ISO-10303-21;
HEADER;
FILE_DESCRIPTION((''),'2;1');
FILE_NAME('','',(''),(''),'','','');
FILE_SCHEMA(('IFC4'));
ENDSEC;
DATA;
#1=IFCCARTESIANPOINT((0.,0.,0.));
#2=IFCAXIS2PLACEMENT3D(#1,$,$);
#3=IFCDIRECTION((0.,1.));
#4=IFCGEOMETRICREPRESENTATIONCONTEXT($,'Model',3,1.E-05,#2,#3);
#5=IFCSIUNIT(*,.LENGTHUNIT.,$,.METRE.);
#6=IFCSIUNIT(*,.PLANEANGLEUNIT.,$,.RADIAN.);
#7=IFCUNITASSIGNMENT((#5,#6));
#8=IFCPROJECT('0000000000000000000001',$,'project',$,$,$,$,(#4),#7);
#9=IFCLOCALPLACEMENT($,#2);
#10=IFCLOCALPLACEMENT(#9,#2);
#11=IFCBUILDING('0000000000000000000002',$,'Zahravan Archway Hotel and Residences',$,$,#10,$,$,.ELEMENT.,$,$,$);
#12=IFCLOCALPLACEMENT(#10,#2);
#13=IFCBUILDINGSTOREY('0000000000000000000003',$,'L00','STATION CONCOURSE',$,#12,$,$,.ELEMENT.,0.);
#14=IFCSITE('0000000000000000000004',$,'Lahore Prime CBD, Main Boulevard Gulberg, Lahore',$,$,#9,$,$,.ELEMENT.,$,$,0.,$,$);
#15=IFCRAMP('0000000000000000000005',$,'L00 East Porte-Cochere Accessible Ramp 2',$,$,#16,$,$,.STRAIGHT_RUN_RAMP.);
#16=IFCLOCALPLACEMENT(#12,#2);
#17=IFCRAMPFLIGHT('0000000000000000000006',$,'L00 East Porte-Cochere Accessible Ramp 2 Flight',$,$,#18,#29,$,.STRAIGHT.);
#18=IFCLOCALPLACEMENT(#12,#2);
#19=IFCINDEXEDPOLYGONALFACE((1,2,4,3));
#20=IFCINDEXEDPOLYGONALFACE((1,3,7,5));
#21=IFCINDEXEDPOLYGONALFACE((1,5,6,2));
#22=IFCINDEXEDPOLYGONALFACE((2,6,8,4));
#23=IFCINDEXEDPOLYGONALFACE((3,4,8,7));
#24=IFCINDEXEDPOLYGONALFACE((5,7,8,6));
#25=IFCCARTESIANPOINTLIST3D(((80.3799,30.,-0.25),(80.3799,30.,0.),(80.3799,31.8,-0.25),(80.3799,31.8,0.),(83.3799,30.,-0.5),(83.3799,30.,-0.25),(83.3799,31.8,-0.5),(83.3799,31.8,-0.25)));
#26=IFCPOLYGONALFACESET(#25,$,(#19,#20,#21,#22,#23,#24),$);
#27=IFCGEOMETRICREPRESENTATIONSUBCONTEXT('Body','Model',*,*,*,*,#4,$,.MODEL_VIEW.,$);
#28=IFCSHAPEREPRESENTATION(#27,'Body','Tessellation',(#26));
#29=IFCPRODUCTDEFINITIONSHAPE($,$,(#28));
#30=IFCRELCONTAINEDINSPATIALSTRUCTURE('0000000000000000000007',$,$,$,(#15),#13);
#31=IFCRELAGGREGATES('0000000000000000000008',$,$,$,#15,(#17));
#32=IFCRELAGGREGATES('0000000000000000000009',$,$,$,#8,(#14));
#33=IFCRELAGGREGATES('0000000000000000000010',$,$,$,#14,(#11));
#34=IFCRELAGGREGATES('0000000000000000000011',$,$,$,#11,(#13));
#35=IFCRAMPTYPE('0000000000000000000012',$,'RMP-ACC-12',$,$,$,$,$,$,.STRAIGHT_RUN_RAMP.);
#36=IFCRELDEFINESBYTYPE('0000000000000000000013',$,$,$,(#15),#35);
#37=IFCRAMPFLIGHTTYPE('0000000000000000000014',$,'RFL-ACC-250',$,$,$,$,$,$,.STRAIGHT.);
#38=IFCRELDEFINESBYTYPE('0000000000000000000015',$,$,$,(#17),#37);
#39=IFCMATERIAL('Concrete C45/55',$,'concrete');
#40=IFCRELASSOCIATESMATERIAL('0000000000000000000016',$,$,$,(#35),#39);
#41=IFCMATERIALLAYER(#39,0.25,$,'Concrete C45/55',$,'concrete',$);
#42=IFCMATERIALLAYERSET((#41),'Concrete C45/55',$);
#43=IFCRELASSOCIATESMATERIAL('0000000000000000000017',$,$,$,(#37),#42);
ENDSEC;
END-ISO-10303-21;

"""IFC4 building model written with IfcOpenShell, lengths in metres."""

from ifc_helpers import new_model, si_unit, direction, frame, origin, place, context, subcontext, project, spatial, polyline, outline, extrude, material, layer, layer_set, type_object, element, aggregate, save


model = new_model("IFC4")

# Units and contexts
model_context = context("Model", 3, precision=1e-05, world=origin(), true_north=direction((0.0, 1.0)))
body_context = subcontext(model_context, "Body", "Model", "MODEL_VIEW")
ifc_project = project(units=[si_unit("LENGTHUNIT", "METRE"), si_unit("PLANEANGLEUNIT", "RADIAN")], contexts=[model_context])

# Site, building, storey
site_placement = place(None, origin())
site = spatial("IfcSite", under=ifc_project, at=site_placement, Name="Lahore Prime CBD, Main Boulevard Gulberg, Lahore", CompositionType="ELEMENT", RefElevation=0.0)
building_placement = place(site_placement, origin())
building = spatial("IfcBuilding", under=site, at=building_placement, Name="Zahravan Archway Hotel and Residences", CompositionType="ELEMENT")
storey_placement = place(building_placement, origin())
storey = spatial("IfcBuildingStorey", under=building, at=storey_placement, Name="L00", Description="STATION CONCOURSE", CompositionType="ELEMENT", Elevation=0.0)

# Ramp, ramp flight
ifc_material_1 = material(Name="Concrete C45/55", Category="concrete")
ramp_type = type_object("IfcRampType", Name="RMP-ACC-12", PredefinedType="STRAIGHT_RUN_RAMP", material=ifc_material_1)
ramp_placement = place(storey_placement, origin())
ramp = element("IfcRamp", 1, at=ramp_placement, inside=storey, type_object=ramp_type, Name="L00 East Porte-Cochere Accessible Ramp 2", PredefinedType="STRAIGHT_RUN_RAMP")
ifc_layer = layer(ifc_material_1, 0.25, Name="Concrete C45/55", Category="concrete")
ifc_layer_set = layer_set([ifc_layer], Name="Concrete C45/55")
ramp_flight_type = type_object("IfcRampFlightType", Name="RFL-ACC-250", PredefinedType="STRAIGHT", material=ifc_layer_set)
ramp_flight_placement = place(storey_placement, frame((83.3799, 30.0, -0.25), z_axis=(0.0, 1.0, 0.0), x_axis=(-1.0, 0.0, 0.0)))
ramp_flight = element("IfcRampFlight", 2, at=ramp_flight_placement, type_object=ramp_flight_type, Name="L00 East Porte-Cochere Accessible Ramp 2 Flight", PredefinedType="STRAIGHT", context=body_context, shape_type="SweptSolid", body=[
    extrude(outline(polyline([(0.0, 0.0), (3.0, 0.25), (3.0, 0.0), (0.0, -0.25), (0.0, 0.0)])), origin(), (0.0, 0.0, 1.0), 1.8),
])
aggregate(ramp, [ramp_flight])

save(model, "model.ifc")
